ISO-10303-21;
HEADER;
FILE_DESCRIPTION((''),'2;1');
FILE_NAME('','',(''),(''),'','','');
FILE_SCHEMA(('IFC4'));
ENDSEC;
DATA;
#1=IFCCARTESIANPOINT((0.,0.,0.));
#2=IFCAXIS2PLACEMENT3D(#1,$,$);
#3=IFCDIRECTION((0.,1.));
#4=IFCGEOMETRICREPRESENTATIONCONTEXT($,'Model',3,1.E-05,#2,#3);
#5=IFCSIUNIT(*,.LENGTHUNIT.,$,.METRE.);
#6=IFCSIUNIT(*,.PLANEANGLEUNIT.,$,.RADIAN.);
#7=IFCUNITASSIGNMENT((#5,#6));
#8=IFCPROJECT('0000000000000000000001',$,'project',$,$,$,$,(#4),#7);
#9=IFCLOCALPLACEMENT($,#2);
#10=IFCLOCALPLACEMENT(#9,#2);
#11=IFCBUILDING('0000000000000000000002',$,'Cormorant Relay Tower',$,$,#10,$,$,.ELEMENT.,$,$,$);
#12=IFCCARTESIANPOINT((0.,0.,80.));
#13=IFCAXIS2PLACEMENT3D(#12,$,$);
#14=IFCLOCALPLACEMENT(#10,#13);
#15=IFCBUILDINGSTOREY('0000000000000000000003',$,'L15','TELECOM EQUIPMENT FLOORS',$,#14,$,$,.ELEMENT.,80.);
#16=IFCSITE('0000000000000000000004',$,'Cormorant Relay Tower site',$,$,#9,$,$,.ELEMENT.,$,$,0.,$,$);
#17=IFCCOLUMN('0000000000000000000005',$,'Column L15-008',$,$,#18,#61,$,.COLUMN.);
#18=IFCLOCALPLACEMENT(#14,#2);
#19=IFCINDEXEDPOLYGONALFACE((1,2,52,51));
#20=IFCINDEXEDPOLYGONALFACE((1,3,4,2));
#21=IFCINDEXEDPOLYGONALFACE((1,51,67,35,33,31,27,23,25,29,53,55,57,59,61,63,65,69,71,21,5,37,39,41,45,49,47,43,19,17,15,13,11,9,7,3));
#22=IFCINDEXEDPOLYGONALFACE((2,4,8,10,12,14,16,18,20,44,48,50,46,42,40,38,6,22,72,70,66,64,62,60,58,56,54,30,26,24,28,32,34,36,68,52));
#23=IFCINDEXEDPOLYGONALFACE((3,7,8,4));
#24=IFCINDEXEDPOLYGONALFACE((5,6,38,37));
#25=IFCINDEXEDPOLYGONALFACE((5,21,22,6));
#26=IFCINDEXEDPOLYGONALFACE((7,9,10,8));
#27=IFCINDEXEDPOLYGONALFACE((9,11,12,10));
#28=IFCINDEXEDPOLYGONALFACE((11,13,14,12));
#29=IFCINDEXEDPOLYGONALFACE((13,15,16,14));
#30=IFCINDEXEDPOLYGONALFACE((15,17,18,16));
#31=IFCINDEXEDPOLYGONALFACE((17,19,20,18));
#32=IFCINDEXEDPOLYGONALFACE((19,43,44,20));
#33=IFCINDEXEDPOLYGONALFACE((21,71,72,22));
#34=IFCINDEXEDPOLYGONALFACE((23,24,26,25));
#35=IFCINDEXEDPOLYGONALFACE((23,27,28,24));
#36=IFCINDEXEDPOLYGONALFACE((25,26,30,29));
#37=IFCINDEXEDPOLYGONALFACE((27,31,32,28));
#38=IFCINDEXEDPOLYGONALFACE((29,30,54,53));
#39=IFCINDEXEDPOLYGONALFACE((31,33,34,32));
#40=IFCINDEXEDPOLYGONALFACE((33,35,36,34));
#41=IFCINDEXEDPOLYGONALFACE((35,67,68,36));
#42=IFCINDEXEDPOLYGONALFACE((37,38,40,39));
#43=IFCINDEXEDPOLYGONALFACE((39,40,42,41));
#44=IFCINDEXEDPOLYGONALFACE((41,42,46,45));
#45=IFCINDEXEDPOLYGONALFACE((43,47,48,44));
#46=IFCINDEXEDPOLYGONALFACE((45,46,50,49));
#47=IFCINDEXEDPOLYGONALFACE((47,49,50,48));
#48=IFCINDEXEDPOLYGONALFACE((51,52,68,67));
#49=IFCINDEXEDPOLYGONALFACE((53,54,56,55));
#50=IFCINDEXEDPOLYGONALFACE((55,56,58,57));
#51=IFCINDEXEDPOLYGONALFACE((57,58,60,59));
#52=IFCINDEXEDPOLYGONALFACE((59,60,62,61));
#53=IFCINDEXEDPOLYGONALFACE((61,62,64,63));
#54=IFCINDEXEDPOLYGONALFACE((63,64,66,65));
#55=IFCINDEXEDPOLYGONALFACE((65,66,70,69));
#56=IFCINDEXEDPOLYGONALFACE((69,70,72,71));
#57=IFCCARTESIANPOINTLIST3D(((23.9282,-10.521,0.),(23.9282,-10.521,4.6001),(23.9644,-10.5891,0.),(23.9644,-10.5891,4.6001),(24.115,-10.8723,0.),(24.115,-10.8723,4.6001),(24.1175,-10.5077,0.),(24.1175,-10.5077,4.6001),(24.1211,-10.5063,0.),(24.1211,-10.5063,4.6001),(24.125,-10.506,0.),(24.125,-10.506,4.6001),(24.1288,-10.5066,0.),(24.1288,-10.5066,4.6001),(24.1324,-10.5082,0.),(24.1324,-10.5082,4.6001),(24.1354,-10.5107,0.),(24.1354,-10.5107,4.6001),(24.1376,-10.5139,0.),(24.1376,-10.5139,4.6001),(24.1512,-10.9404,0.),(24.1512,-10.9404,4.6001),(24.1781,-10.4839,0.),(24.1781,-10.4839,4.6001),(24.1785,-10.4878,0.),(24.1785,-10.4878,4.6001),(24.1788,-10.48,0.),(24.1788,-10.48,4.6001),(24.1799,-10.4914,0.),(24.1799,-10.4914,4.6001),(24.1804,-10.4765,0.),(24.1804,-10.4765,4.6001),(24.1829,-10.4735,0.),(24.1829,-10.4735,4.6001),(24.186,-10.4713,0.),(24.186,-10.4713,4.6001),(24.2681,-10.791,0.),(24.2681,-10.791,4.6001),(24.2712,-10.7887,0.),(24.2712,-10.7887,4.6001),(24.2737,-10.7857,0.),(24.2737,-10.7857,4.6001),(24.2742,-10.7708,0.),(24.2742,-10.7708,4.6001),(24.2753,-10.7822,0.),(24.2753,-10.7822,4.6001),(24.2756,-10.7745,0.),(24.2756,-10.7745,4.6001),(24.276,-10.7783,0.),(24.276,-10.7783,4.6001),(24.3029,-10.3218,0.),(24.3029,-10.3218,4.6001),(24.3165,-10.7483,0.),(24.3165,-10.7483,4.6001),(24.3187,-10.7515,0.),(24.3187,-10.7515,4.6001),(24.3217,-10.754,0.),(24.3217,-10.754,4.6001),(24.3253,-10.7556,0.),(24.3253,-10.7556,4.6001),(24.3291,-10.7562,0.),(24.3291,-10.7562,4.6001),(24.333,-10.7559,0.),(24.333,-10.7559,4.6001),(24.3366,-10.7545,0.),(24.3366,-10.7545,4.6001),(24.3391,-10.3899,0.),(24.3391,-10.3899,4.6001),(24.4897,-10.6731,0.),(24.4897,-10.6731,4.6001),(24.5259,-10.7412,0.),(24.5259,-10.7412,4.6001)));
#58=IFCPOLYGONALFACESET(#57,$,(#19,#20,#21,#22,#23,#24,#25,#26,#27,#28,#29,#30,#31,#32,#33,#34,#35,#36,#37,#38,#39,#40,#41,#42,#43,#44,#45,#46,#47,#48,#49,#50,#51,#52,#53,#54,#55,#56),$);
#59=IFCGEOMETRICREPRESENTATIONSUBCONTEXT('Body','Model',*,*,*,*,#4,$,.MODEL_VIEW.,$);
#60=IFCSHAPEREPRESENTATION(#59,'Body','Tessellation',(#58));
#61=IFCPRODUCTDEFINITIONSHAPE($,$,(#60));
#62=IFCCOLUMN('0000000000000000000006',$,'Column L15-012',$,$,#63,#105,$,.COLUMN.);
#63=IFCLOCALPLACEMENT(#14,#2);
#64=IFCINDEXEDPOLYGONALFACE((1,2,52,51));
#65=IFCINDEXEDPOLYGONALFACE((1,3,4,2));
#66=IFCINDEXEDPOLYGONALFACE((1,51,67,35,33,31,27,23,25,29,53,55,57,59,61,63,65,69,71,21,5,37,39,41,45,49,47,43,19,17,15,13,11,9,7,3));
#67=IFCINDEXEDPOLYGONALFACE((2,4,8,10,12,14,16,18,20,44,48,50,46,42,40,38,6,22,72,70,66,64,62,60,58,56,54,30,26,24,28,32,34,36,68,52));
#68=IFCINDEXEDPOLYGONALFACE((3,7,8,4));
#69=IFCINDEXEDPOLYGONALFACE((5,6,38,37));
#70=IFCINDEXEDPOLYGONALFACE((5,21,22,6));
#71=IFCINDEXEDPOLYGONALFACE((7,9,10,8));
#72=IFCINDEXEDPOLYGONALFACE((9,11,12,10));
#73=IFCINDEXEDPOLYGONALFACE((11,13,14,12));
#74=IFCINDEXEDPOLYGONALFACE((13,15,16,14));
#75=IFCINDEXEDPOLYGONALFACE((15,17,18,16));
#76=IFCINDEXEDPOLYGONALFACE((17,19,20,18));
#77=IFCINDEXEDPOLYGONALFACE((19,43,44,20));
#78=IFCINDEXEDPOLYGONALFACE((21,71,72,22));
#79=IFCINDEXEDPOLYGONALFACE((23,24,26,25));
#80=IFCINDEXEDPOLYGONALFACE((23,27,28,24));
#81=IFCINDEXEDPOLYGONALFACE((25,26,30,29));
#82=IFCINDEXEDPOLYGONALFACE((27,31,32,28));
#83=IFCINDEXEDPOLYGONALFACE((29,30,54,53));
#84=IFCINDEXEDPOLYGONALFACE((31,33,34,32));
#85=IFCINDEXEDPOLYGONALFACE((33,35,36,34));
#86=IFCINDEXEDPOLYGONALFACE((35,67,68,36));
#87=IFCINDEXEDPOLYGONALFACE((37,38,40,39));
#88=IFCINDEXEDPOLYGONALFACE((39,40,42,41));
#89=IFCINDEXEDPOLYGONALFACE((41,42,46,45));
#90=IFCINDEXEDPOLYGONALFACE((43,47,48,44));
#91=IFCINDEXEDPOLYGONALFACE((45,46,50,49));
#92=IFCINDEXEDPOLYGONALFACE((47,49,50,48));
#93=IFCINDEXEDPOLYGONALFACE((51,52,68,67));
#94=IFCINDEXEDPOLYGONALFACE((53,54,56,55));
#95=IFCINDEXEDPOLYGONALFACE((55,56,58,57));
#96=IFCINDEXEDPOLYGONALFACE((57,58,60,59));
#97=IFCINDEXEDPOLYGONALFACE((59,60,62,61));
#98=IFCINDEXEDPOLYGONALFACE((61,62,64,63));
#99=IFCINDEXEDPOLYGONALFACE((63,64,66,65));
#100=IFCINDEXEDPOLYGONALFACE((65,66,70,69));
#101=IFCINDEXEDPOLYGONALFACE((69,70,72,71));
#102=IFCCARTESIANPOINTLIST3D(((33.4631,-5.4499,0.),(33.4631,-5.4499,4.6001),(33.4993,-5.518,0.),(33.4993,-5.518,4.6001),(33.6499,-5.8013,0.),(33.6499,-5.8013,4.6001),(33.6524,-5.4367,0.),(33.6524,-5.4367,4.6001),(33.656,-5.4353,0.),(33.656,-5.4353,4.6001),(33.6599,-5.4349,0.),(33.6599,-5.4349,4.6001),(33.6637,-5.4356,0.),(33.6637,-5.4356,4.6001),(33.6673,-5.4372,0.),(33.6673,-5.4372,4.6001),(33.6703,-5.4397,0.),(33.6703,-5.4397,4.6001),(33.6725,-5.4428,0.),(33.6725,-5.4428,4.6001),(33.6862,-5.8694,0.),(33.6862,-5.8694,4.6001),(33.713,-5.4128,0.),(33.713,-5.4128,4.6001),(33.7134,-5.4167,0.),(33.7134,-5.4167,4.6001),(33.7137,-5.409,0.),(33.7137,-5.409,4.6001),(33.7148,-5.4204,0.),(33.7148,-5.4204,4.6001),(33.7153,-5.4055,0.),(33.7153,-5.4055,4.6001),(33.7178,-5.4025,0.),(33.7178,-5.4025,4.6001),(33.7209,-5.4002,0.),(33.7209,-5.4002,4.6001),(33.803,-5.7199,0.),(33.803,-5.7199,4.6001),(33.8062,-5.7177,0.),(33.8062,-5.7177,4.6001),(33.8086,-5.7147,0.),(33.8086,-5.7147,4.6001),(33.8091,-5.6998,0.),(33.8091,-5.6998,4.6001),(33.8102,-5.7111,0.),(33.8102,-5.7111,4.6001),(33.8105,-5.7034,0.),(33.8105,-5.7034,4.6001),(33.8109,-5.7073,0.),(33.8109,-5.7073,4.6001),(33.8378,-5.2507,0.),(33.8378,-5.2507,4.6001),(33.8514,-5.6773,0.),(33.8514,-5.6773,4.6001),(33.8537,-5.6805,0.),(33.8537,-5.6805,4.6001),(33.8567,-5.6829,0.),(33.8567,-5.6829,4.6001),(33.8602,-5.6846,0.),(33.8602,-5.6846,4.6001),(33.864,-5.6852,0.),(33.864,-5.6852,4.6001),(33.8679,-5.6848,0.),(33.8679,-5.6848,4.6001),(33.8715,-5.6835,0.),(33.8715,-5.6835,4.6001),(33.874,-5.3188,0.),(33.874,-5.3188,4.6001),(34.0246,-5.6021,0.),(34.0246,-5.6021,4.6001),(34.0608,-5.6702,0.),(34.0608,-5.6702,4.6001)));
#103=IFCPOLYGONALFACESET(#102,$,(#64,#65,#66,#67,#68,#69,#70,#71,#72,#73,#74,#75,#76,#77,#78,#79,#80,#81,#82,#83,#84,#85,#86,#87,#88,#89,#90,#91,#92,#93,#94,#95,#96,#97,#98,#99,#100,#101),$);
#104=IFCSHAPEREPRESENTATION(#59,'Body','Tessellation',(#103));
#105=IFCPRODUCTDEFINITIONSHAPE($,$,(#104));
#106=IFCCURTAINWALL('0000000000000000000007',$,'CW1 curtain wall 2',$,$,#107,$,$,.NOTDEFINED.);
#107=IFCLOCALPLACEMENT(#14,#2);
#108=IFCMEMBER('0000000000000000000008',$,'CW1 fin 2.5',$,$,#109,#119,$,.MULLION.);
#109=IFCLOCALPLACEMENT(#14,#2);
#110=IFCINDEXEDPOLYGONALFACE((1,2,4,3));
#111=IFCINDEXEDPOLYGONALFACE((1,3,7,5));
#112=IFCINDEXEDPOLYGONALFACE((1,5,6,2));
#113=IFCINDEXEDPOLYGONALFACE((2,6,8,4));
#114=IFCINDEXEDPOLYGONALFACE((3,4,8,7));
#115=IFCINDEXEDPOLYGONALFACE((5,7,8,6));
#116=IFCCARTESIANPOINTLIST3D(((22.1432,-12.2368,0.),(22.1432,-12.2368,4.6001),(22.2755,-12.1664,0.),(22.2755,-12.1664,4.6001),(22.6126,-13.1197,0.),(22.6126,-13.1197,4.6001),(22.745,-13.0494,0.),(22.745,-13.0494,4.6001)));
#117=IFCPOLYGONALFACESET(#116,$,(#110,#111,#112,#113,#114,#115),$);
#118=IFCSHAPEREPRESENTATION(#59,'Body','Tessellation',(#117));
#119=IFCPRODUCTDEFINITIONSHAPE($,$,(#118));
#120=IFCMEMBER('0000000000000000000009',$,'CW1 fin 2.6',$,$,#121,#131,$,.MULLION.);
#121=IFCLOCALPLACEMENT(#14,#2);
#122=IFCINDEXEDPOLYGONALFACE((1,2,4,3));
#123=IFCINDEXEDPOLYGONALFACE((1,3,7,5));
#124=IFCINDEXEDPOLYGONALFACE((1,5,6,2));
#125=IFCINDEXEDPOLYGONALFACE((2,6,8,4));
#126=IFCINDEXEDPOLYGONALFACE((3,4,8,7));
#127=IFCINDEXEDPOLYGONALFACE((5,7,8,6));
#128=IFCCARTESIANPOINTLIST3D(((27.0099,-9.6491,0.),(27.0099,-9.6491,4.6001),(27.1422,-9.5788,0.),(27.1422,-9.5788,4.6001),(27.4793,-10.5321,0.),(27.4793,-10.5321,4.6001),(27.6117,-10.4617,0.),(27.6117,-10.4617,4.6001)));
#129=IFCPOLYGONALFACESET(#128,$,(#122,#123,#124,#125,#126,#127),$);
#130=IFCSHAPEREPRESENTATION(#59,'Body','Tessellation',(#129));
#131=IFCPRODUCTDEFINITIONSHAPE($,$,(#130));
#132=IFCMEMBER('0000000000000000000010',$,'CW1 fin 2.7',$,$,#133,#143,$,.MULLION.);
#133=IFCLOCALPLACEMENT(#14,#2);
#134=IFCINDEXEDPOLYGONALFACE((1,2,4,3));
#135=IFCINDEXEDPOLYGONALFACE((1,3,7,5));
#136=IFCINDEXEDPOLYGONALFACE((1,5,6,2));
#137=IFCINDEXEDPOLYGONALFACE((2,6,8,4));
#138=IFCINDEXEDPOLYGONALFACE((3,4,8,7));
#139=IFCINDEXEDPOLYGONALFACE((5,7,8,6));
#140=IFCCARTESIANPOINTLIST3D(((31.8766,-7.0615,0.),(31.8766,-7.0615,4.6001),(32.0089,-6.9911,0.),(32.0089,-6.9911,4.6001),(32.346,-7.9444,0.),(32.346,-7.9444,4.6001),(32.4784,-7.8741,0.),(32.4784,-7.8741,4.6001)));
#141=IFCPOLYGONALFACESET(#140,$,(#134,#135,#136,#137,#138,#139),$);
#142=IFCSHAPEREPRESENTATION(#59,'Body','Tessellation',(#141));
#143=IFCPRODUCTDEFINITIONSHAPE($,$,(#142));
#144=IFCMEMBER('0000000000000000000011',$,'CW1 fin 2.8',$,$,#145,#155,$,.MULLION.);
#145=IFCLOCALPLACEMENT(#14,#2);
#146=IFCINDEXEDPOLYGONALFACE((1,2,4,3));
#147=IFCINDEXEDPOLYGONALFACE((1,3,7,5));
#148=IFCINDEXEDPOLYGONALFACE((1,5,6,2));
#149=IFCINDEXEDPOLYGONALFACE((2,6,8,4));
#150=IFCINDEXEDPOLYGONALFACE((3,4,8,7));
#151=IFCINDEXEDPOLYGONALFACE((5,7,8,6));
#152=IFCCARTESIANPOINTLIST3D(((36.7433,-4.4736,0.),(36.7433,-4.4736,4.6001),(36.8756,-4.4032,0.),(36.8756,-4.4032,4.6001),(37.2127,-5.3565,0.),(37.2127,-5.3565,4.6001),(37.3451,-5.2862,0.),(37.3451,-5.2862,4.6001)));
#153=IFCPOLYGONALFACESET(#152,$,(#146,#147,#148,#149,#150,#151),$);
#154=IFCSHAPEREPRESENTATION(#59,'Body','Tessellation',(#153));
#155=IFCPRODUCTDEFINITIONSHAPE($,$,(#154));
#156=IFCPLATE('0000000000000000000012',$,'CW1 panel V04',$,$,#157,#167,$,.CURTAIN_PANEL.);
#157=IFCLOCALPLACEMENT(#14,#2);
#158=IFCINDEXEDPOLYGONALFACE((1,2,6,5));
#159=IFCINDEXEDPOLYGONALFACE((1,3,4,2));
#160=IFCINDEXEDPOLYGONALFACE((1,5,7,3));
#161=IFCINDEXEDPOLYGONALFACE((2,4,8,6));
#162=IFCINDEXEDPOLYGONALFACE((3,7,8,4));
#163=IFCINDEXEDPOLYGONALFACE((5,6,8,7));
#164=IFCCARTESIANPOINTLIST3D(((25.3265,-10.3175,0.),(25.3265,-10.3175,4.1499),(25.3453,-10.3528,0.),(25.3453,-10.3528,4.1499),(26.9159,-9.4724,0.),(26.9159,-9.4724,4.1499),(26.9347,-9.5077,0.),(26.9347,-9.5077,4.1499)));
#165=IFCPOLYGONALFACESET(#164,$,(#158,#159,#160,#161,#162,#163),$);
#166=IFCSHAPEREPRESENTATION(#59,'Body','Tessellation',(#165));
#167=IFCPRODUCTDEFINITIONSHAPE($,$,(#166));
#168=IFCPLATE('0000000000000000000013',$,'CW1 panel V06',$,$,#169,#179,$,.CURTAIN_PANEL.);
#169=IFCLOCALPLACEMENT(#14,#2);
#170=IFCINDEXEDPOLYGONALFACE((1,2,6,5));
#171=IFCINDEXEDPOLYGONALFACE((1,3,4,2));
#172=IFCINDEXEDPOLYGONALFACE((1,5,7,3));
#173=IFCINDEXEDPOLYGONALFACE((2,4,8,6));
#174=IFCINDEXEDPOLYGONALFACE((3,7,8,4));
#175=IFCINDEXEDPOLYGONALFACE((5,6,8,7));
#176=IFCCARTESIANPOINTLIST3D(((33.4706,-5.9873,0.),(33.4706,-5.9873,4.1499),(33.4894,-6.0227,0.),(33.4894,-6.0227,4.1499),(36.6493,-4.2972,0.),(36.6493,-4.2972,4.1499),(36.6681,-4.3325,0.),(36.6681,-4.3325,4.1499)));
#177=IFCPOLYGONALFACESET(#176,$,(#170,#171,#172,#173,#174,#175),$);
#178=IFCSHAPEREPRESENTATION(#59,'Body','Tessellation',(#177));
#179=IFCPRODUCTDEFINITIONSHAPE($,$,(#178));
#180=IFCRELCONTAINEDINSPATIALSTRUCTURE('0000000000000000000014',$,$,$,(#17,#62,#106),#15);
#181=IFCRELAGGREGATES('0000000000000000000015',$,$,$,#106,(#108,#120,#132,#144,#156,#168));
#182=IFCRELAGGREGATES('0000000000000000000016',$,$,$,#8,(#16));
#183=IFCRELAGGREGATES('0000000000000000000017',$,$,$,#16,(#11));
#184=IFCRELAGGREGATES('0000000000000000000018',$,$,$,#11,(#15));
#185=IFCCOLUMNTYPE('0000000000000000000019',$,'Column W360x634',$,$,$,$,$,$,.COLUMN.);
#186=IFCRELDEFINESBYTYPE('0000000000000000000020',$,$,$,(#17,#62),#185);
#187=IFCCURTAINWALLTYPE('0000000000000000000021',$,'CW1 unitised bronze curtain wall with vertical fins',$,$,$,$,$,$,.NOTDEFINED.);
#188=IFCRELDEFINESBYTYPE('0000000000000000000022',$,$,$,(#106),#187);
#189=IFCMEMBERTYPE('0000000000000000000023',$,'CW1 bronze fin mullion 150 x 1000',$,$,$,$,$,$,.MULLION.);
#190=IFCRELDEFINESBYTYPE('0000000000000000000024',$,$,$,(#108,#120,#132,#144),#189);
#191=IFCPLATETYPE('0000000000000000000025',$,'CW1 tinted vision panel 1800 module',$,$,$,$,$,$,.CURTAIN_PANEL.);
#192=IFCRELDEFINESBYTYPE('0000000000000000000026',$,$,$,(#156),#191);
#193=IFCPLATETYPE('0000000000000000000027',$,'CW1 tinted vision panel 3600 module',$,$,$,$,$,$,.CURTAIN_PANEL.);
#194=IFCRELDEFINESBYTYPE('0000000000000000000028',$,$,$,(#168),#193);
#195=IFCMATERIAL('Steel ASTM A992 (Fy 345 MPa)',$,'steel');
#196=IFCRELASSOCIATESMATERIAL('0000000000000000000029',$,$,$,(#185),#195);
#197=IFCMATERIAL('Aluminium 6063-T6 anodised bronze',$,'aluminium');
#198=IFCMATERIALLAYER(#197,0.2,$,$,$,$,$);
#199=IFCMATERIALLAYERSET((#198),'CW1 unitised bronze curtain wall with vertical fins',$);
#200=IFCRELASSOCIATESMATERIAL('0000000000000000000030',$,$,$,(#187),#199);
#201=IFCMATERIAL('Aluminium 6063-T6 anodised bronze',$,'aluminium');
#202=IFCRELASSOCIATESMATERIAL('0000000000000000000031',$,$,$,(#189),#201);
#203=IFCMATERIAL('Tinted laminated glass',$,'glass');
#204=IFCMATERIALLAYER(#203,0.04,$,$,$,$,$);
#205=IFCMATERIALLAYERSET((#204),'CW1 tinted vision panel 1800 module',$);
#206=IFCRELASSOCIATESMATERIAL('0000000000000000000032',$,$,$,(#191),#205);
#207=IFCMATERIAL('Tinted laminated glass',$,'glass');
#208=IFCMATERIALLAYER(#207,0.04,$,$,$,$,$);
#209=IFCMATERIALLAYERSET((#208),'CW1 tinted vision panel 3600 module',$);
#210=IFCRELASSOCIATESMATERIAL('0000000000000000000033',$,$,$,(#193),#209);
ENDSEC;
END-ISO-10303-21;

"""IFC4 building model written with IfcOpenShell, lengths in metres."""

from ifc_helpers import new_model, si_unit, direction, frame, origin, origin_2d, place, context, subcontext, project, spatial, rectangle, i_section, extrude, material, layer, layer_set, material_profile, profile_set, type_object, element, aggregate, save


model = new_model("IFC4")

# Units and contexts
model_context = context("Model", 3, precision=1e-05, world=origin(), true_north=direction((0.0, 1.0)))
body_context = subcontext(model_context, "Body", "Model", "MODEL_VIEW")
ifc_project = project(units=[si_unit("LENGTHUNIT", "METRE"), si_unit("PLANEANGLEUNIT", "RADIAN")], contexts=[model_context])

# Site, building, storey
site_placement = place(None, origin())
site = spatial("IfcSite", under=ifc_project, at=site_placement, Name="Cormorant Relay Tower site", CompositionType="ELEMENT", RefElevation=0.0)
building_placement = place(site_placement, origin())
building = spatial("IfcBuilding", under=site, at=building_placement, Name="Cormorant Relay Tower", CompositionType="ELEMENT")
storey_placement = place(building_placement, frame((0.0, 0.0, 80.0)))
storey = spatial("IfcBuildingStorey", under=building, at=storey_placement, Name="L15", Description="TELECOM EQUIPMENT FLOORS", CompositionType="ELEMENT", Elevation=80.0)

# Columns
ifc_material_1 = material(Name="Steel ASTM A992 (Fy 345 MPa)", Category="steel")
ifc_material_profile_1 = material_profile(ifc_material_1, i_section(OverallWidth=0.4243, OverallDepth=0.4751, WebThickness=0.0479, FlangeThickness=0.0771, FilletRadius=0.0149, at=origin_2d()), Name="W360x634")
ifc_profile_set_1 = profile_set([ifc_material_profile_1], Name="Steel ASTM A992 (Fy 345 MPa)")
column_type = type_object("IfcColumnType", Name="Column W360x634", PredefinedType="COLUMN", material=ifc_profile_set_1)
for number, where, z_axis, x_axis, name in (
    (1, (24.2271, -10.6311, 0.0), (0.0, 0.0, 1.0), (0.882948, 0.469472, 0.0), "Column L15-008"),
    (2, (33.762, -5.5601, 0.0), (0.0, 0.0, 1.0), (0.882948, 0.469472, 0.0), "Column L15-012"),
):
    element("IfcColumn", number, at=place(storey_placement, frame(where, z_axis=z_axis, x_axis=x_axis)), inside=storey, type_object=column_type, Name=name, PredefinedType="COLUMN", context=body_context, shape_type="SweptSolid", body=[
        extrude(i_section(OverallWidth=0.4243, OverallDepth=0.4751, WebThickness=0.0479, FlangeThickness=0.0771, FilletRadius=0.0149, at=origin_2d()), origin(), (0.0, 0.0, 1.0), 4.6001),
    ])

# Curtain wall, members, plates
ifc_material_2 = material(Name="Aluminium 6063-T6 anodised bronze", Category="aluminium")
ifc_layer_1 = layer(ifc_material_2, 0.2)
ifc_layer_set_1 = layer_set([ifc_layer_1], Name="CW1 unitised bronze curtain wall with vertical fins")
curtain_wall_type = type_object("IfcCurtainWallType", Name="CW1 unitised bronze curtain wall with vertical fins", PredefinedType="NOTDEFINED", material=ifc_layer_set_1)
curtain_wall_placement = place(storey_placement, origin())
curtain_wall = element("IfcCurtainWall", 3, at=curtain_wall_placement, inside=storey, type_object=curtain_wall_type, Name="CW1 curtain wall 2", PredefinedType="NOTDEFINED")
ifc_material_3 = material(Name="Aluminium 6063-T6 anodised bronze", Category="aluminium")
ifc_material_profile_2 = material_profile(ifc_material_3, rectangle(XDim=0.1499, YDim=1.0, at=origin_2d()), Name="AL 150x1000")
ifc_profile_set_2 = profile_set([ifc_material_profile_2], Name="Aluminium 6063-T6 anodised bronze")
member_type = type_object("IfcMemberType", Name="CW1 bronze fin mullion 150 x 1000", PredefinedType="MULLION", material=ifc_profile_set_2)
member_1_placement = place(storey_placement, frame((22.4441, -12.6431, 0.0), z_axis=(0.0, 0.0, 1.0), x_axis=(0.882948, 0.469472, 0.0)))
member_1 = element("IfcMember", 4, at=member_1_placement, type_object=member_type, Name="CW1 fin 2.5", PredefinedType="MULLION", context=body_context, shape_type="SweptSolid", body=[
    extrude(rectangle(XDim=0.1499, YDim=1.0, at=origin_2d()), origin(), (0.0, 0.0, 1.0), 4.6001),
])
member_2_placement = place(storey_placement, frame((27.3108, -10.0554, 0.0), z_axis=(0.0, 0.0, 1.0), x_axis=(0.882948, 0.469472, 0.0)))
member_2 = element("IfcMember", 5, at=member_2_placement, type_object=member_type, Name="CW1 fin 2.6", PredefinedType="MULLION", context=body_context, shape_type="SweptSolid", body=[
    extrude(rectangle(XDim=0.1499, YDim=1.0, at=origin_2d()), origin(), (0.0, 0.0, 1.0), 4.6001),
])
member_3_placement = place(storey_placement, frame((32.1775, -7.4678, 0.0), z_axis=(0.0, 0.0, 1.0), x_axis=(0.882948, 0.469472, 0.0)))
member_3 = element("IfcMember", 6, at=member_3_placement, type_object=member_type, Name="CW1 fin 2.7", PredefinedType="MULLION", context=body_context, shape_type="SweptSolid", body=[
    extrude(rectangle(XDim=0.1499, YDim=1.0, at=origin_2d()), origin(), (0.0, 0.0, 1.0), 4.6001),
])
member_4_placement = place(storey_placement, frame((37.0442, -4.8799, 0.0), z_axis=(0.0, 0.0, 1.0), x_axis=(0.882948, 0.469472, 0.0)))
member_4 = element("IfcMember", 7, at=member_4_placement, type_object=member_type, Name="CW1 fin 2.8", PredefinedType="MULLION", context=body_context, shape_type="SweptSolid", body=[
    extrude(rectangle(XDim=0.1499, YDim=1.0, at=origin_2d()), origin(), (0.0, 0.0, 1.0), 4.6001),
])
ifc_material_4 = material(Name="Tinted laminated glass", Category="glass")
ifc_layer_2 = layer(ifc_material_4, 0.04)
ifc_layer_set_2 = layer_set([ifc_layer_2], Name="CW1 tinted vision panel 1800 module")
plate_type_1 = type_object("IfcPlateType", Name="CW1 tinted vision panel 1800 module", PredefinedType="CURTAIN_PANEL", material=ifc_layer_set_2)
plate_1_placement = place(storey_placement, frame((26.1306, -9.9126, 0.0), z_axis=(0.0, 0.0, 1.0), x_axis=(0.882948, 0.469472, 0.0)))
plate_1 = element("IfcPlate", 8, at=plate_1_placement, type_object=plate_type_1, Name="CW1 panel V04", PredefinedType="CURTAIN_PANEL", context=body_context, shape_type="SweptSolid", body=[
    extrude(rectangle(XDim=1.8, YDim=0.04, at=origin_2d()), origin(), (0.0, 0.0, 1.0), 4.1499),
])
ifc_material_5 = material(Name="Tinted laminated glass", Category="glass")
ifc_layer_3 = layer(ifc_material_5, 0.04)
ifc_layer_set_3 = layer_set([ifc_layer_3], Name="CW1 tinted vision panel 3600 module")
plate_type_2 = type_object("IfcPlateType", Name="CW1 tinted vision panel 3600 module", PredefinedType="CURTAIN_PANEL", material=ifc_layer_set_3)
plate_2_placement = place(storey_placement, frame((35.0693, -5.1599, 0.0), z_axis=(0.0, 0.0, 1.0), x_axis=(0.882948, 0.469472, 0.0)))
plate_2 = element("IfcPlate", 9, at=plate_2_placement, type_object=plate_type_2, Name="CW1 panel V06", PredefinedType="CURTAIN_PANEL", context=body_context, shape_type="SweptSolid", body=[
    extrude(rectangle(XDim=3.6001, YDim=0.04, at=origin_2d()), origin(), (0.0, 0.0, 1.0), 4.1499),
])

aggregate(curtain_wall, [member_1, member_2, member_3, member_4, plate_1, plate_2])

save(model, "model.ifc")
